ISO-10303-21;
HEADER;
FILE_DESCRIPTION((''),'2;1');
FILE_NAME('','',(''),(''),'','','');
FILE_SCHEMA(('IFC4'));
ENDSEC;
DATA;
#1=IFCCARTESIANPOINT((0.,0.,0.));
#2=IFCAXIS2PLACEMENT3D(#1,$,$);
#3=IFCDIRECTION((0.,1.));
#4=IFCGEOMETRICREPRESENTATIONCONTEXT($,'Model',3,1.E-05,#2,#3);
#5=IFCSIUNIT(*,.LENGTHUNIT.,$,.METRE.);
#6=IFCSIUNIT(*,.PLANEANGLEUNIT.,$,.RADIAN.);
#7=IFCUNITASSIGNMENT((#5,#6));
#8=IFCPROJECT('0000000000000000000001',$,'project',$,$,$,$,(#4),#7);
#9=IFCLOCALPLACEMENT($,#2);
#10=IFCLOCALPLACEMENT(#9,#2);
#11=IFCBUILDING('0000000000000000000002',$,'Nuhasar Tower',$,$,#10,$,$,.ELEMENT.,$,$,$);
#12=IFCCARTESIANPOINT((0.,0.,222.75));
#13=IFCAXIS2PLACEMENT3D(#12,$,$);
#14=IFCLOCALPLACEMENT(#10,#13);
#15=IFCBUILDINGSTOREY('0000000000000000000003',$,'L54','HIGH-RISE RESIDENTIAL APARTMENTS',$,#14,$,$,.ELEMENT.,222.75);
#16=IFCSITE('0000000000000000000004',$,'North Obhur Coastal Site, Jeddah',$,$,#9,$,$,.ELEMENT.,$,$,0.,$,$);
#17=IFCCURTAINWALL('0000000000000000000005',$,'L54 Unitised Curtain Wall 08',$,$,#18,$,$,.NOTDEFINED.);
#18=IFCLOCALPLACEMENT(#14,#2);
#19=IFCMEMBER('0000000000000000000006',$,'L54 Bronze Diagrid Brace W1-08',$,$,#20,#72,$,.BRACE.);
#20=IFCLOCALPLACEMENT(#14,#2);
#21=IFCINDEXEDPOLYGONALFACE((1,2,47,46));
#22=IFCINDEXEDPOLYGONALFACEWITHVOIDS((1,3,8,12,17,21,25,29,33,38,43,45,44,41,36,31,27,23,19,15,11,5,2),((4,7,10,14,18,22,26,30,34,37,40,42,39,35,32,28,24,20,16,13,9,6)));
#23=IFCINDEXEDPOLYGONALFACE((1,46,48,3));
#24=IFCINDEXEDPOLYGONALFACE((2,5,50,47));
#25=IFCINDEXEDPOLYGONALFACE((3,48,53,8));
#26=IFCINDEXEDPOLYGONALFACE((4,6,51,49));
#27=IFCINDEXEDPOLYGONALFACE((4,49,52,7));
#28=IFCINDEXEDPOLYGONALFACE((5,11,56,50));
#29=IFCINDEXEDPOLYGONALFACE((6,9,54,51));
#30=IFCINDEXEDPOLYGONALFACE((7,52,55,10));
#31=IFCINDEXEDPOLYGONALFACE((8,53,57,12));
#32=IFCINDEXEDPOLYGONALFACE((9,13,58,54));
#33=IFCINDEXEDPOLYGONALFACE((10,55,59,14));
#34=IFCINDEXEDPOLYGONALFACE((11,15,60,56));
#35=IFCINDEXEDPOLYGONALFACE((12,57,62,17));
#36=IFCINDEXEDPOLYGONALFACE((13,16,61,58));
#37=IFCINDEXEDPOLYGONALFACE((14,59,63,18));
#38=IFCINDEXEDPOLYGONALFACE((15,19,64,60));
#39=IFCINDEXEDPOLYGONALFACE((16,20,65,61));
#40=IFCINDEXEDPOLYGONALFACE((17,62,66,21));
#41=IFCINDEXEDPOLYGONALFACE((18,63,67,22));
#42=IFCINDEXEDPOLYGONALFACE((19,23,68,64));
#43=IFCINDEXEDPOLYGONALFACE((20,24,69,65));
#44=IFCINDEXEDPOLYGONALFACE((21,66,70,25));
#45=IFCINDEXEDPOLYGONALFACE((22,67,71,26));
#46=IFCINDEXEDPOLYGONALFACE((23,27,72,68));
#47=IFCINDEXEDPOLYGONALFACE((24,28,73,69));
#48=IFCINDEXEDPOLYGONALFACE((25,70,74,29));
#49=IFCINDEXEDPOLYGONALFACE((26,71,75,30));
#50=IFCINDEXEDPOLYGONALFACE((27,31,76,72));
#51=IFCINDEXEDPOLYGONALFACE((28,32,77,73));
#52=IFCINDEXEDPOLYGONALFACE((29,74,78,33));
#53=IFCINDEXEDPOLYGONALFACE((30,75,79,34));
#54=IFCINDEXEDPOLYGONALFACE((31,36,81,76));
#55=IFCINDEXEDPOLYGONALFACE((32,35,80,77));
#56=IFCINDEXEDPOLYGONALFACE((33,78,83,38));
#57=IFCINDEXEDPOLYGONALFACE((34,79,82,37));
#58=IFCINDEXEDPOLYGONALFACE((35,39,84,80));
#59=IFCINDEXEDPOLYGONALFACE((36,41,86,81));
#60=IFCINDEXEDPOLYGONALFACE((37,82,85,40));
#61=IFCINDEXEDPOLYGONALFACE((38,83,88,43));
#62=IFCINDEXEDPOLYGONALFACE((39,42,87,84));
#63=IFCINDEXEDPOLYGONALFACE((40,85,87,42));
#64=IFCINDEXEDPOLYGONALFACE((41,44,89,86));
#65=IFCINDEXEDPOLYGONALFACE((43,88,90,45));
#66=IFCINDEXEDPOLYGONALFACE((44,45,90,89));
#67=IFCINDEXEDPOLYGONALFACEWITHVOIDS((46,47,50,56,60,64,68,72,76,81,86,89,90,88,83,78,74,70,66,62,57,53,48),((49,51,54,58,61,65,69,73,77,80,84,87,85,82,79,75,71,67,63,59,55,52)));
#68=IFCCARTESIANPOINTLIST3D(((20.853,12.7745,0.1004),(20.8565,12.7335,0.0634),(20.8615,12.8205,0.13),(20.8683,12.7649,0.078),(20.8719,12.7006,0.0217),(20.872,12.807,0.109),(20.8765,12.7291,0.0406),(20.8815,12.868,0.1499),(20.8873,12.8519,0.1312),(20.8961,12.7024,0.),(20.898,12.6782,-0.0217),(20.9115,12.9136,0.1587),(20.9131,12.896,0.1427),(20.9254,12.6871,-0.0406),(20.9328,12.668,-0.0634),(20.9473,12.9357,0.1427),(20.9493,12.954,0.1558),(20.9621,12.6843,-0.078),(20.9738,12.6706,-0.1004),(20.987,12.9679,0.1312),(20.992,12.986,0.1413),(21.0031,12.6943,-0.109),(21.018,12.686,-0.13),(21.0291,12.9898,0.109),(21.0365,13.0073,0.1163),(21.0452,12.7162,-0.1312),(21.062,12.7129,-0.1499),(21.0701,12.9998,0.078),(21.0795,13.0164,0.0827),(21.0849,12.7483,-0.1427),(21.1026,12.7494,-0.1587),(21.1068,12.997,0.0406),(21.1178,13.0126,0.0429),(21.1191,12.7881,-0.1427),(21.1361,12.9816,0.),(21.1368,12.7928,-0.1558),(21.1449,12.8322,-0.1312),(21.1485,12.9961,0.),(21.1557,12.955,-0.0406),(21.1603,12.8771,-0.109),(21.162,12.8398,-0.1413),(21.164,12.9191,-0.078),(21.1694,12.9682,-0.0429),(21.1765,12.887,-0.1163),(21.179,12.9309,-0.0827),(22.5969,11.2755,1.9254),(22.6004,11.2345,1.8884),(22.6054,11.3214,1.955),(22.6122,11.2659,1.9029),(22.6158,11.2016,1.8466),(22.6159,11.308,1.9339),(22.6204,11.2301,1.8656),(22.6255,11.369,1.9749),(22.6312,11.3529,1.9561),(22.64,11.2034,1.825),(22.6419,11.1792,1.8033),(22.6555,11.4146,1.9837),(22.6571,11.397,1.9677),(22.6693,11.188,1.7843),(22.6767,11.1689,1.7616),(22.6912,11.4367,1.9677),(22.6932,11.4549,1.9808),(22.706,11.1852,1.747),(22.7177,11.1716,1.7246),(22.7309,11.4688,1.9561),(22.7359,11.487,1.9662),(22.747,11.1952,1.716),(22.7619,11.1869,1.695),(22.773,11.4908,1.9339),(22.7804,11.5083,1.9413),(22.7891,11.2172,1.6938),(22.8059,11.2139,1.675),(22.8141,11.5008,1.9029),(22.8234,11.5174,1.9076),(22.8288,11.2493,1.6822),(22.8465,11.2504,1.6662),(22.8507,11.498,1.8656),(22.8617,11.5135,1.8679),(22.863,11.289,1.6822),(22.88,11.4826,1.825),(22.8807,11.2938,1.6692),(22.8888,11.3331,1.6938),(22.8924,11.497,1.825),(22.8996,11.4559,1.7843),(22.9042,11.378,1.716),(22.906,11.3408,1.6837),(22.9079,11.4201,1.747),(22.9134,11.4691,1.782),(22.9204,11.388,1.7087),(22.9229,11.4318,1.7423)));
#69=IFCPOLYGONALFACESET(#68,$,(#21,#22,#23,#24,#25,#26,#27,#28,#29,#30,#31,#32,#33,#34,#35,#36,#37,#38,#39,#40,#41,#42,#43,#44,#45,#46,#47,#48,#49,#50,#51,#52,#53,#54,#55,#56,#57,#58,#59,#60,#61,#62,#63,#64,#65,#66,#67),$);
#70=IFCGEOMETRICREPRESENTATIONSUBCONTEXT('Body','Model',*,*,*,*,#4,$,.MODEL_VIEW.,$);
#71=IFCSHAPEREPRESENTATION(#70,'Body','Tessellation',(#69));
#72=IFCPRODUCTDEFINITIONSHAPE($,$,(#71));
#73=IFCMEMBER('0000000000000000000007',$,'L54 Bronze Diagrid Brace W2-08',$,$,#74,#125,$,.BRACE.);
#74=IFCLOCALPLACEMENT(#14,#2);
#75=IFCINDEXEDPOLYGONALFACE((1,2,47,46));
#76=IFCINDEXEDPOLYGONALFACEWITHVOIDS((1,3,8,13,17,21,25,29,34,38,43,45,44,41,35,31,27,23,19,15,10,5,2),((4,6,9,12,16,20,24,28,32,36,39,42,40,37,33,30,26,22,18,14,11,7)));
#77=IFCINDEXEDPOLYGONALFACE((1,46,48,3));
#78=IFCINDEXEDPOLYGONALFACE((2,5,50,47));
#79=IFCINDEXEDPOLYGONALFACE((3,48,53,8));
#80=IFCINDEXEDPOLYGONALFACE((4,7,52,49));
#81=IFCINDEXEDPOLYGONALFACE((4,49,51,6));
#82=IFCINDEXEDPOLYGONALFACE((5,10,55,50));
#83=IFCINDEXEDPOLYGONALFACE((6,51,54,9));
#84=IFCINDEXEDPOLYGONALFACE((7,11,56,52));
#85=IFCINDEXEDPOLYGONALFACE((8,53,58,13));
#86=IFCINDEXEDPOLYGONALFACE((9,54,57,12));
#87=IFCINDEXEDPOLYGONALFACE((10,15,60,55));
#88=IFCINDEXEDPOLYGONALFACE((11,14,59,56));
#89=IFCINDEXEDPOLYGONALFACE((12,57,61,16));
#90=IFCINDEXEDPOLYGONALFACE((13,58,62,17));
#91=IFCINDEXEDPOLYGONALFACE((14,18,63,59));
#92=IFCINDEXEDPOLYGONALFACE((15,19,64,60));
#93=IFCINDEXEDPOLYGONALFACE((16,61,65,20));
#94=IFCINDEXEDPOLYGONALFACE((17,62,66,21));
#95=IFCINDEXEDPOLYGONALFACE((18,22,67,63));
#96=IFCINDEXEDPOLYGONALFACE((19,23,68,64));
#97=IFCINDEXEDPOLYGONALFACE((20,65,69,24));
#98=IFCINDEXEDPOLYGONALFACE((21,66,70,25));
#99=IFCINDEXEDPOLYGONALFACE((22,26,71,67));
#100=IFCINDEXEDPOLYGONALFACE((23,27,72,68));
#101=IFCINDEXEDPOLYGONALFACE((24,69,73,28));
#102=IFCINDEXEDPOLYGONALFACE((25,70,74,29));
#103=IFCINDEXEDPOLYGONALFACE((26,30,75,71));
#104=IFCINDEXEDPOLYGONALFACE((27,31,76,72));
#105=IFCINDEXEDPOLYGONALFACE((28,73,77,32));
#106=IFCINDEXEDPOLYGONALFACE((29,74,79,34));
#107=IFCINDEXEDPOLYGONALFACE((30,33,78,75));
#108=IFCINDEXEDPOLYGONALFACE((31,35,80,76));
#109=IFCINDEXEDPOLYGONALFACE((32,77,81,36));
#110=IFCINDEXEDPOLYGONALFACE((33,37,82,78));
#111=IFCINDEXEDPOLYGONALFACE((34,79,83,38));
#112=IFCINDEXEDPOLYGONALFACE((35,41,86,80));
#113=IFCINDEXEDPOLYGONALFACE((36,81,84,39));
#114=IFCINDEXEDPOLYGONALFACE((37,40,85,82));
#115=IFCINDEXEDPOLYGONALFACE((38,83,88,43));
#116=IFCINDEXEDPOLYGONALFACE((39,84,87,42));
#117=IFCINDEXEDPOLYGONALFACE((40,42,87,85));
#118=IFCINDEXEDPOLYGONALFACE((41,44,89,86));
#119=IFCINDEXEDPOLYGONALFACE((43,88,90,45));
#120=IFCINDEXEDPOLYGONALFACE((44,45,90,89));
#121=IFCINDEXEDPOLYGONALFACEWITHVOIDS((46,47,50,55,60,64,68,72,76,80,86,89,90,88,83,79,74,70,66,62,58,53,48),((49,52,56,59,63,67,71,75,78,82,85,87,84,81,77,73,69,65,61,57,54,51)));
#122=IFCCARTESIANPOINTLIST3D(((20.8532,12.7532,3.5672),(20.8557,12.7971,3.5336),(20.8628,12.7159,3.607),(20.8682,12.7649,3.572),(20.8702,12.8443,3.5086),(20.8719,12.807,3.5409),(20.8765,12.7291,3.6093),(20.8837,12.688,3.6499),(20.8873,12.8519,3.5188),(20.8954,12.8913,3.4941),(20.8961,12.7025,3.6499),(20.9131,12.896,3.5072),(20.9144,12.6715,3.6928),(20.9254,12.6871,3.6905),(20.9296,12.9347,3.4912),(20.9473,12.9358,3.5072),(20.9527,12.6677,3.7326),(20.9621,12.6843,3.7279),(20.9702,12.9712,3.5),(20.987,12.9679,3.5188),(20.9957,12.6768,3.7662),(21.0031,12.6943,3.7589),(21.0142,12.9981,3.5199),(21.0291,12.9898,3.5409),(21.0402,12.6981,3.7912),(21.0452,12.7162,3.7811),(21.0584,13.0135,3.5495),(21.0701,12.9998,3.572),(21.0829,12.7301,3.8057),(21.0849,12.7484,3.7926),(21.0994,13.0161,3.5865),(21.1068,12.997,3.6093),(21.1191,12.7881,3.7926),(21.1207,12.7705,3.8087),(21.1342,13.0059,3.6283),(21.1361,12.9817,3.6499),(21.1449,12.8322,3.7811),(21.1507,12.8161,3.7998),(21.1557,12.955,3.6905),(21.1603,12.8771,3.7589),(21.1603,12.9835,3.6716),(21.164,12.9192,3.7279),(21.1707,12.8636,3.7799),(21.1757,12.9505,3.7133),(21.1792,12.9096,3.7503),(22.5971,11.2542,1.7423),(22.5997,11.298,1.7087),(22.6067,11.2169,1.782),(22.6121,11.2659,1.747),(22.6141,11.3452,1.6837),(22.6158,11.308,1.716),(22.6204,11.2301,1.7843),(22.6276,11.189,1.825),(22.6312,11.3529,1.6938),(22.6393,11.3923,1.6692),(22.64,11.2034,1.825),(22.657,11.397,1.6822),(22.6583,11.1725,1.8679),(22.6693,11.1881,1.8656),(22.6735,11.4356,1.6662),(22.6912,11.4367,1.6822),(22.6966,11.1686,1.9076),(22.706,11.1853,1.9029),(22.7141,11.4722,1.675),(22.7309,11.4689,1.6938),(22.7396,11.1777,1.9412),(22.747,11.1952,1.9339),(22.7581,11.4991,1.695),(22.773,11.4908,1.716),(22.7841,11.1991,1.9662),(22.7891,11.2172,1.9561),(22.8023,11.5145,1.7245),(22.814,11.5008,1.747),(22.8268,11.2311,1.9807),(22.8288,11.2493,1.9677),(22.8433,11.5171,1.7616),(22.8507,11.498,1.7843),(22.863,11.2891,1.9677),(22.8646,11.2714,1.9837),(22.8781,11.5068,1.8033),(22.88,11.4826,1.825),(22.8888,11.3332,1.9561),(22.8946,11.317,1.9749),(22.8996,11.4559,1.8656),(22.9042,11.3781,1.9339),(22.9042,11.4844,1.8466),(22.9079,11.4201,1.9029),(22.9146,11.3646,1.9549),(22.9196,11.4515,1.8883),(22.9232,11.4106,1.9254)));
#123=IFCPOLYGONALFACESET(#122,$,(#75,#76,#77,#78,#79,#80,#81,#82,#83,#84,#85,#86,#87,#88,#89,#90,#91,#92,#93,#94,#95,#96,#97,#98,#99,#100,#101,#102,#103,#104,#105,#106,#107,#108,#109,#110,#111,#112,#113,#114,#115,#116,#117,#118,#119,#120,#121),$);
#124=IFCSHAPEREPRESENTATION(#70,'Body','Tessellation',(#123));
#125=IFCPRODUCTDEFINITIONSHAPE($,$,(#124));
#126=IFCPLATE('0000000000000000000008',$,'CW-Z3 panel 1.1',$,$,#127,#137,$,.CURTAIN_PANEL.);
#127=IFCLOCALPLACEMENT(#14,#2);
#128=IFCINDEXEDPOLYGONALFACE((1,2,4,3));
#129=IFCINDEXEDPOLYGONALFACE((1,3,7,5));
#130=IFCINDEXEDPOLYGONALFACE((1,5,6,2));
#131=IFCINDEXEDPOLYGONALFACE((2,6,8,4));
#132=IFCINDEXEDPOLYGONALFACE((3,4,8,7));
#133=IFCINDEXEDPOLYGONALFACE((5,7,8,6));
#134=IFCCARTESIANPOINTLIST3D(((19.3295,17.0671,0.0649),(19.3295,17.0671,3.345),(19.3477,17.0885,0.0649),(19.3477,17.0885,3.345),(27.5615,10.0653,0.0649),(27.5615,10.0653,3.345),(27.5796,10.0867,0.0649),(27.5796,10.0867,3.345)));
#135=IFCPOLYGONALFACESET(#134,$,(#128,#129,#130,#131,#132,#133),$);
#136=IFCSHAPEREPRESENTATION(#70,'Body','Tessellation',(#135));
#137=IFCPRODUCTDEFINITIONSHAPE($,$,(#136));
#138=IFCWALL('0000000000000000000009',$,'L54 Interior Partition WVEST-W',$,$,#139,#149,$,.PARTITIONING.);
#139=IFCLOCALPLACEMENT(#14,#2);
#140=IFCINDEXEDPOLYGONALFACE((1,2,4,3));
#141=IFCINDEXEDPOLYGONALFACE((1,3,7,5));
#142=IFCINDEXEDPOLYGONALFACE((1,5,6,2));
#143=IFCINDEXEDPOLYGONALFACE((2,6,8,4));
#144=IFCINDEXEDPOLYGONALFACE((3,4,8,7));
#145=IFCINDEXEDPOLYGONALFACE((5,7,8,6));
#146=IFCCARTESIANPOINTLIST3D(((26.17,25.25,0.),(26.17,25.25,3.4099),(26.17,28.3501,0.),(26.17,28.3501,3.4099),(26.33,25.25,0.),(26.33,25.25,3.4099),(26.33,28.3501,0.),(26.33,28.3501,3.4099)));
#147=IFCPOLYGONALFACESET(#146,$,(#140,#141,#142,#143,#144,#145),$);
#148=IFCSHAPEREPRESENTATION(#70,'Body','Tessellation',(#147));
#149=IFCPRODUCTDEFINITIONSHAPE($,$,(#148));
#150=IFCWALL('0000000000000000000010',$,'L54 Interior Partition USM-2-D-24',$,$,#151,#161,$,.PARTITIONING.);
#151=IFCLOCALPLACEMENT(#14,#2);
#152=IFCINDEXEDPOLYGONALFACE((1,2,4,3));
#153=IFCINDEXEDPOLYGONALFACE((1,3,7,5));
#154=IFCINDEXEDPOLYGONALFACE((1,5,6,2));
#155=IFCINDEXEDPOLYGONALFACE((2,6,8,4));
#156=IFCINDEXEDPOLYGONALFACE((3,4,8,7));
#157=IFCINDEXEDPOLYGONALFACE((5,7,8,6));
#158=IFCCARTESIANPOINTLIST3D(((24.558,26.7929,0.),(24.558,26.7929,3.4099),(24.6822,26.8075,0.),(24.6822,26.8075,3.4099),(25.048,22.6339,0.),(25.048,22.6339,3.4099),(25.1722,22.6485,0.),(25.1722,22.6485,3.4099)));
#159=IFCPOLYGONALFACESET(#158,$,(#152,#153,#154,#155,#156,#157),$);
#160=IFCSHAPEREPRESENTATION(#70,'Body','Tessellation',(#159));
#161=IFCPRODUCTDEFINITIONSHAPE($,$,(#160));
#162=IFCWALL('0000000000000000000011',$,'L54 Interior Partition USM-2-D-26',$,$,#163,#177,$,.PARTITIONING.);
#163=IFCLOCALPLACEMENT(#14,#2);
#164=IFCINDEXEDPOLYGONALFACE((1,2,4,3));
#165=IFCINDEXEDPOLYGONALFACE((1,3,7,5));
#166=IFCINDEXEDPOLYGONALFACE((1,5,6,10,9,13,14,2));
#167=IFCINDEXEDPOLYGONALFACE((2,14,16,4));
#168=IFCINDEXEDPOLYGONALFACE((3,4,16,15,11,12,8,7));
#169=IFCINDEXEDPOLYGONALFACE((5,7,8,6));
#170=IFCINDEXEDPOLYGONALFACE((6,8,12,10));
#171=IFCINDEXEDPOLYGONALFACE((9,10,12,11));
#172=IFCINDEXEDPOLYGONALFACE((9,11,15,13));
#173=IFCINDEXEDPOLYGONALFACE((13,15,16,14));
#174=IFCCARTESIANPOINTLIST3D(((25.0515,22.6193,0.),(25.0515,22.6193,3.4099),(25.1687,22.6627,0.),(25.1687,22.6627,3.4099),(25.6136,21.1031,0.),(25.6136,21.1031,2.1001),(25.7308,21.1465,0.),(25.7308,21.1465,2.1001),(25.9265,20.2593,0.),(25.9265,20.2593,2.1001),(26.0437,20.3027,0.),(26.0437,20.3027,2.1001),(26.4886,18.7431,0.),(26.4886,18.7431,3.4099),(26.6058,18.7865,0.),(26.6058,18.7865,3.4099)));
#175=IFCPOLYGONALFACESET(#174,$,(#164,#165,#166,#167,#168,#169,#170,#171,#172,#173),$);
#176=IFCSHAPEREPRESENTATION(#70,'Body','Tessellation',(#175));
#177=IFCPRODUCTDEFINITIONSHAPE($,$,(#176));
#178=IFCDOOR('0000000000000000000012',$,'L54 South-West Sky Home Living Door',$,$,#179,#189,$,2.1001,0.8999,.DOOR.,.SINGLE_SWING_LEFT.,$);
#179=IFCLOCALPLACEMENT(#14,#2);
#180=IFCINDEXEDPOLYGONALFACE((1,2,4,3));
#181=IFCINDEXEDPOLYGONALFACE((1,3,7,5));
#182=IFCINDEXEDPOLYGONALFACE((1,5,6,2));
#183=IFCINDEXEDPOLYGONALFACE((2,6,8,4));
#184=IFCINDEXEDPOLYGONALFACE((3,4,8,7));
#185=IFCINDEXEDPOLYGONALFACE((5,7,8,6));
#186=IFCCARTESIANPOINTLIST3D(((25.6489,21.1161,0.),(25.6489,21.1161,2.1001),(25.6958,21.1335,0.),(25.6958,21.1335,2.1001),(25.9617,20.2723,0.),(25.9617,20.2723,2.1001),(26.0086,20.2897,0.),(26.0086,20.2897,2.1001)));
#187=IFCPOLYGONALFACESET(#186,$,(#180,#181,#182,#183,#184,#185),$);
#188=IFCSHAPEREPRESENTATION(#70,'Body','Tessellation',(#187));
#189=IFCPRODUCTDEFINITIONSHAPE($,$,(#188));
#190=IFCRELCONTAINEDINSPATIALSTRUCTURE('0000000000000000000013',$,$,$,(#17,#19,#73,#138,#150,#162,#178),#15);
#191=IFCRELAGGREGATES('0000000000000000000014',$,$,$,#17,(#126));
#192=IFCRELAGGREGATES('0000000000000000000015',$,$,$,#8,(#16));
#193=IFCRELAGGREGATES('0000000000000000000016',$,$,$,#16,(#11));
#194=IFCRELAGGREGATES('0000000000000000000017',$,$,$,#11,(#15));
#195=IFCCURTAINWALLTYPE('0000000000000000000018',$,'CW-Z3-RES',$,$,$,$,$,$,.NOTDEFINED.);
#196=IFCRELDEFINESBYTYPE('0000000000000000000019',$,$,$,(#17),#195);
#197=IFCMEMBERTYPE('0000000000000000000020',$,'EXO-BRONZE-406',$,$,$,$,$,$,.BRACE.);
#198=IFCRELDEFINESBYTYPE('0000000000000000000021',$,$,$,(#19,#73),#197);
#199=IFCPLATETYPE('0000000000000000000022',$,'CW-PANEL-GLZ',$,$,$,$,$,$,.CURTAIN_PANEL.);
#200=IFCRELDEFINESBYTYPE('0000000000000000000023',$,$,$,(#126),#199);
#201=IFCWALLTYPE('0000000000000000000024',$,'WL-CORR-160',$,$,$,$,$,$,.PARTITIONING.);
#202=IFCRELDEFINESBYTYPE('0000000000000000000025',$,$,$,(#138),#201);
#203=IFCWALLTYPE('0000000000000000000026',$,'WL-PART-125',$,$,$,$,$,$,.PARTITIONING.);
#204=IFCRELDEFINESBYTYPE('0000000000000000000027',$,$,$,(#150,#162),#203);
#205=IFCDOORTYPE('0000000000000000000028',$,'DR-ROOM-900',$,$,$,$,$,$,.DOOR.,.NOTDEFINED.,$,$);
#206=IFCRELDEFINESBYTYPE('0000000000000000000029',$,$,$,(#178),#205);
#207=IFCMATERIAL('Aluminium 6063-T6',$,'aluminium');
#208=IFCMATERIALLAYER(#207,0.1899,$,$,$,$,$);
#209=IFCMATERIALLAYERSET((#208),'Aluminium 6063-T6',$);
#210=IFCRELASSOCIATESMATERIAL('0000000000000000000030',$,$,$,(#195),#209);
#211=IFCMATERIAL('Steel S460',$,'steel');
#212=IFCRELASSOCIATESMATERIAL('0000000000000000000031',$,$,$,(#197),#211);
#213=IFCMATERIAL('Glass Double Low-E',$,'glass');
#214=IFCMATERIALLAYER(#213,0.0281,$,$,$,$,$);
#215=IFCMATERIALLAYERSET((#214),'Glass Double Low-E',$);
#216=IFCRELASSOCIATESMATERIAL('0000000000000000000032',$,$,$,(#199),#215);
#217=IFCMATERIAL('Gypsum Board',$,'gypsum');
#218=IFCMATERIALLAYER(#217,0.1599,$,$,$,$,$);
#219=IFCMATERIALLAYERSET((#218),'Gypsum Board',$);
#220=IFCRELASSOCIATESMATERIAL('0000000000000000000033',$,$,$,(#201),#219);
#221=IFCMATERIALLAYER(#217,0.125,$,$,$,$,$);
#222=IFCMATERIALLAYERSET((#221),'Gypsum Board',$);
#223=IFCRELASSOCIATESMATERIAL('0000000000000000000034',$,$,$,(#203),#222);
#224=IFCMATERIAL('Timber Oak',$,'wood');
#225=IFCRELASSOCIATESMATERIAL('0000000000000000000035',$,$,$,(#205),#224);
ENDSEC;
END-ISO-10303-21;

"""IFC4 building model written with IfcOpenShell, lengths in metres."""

from ifc_helpers import new_model, si_unit, direction, frame, frame_2d, origin, origin_2d, place, context, subcontext, project, spatial, rectangle, hollow_circle, extrude, material, layer, layer_set, material_profile, profile_set, type_object, element, fill, aggregate, save


model = new_model("IFC4")

# Units and contexts
model_context = context("Model", 3, precision=1e-05, world=origin(), true_north=direction((0.0, 1.0)))
body_context = subcontext(model_context, "Body", "Model", "MODEL_VIEW")
ifc_project = project(units=[si_unit("LENGTHUNIT", "METRE"), si_unit("PLANEANGLEUNIT", "RADIAN")], contexts=[model_context])

# Site, building, storey
site_placement = place(None, origin())
site = spatial("IfcSite", under=ifc_project, at=site_placement, Name="North Obhur Coastal Site, Jeddah", CompositionType="ELEMENT", RefElevation=0.0)
building_placement = place(site_placement, origin())
building = spatial("IfcBuilding", under=site, at=building_placement, Name="Nuhasar Tower", CompositionType="ELEMENT")
storey_placement = place(building_placement, frame((0.0, 0.0, 222.75)))
storey = spatial("IfcBuildingStorey", under=building, at=storey_placement, Name="L54", Description="HIGH-RISE RESIDENTIAL APARTMENTS", CompositionType="ELEMENT", Elevation=222.75)

# Curtain wall
ifc_material_1 = material(Name="Aluminium 6063-T6", Category="aluminium")
ifc_layer_1 = layer(ifc_material_1, 0.1899)
ifc_layer_set_1 = layer_set([ifc_layer_1], Name="Aluminium 6063-T6")
curtain_wall_type = type_object("IfcCurtainWallType", Name="CW-Z3-RES", PredefinedType="NOTDEFINED", material=ifc_layer_set_1)
curtain_wall_1_placement = place(storey_placement, origin())
curtain_wall_1 = element("IfcCurtainWall", 1, at=curtain_wall_1_placement, inside=storey, type_object=curtain_wall_type, Name="L54 Unitised Curtain Wall 08", PredefinedType="NOTDEFINED")

# Members
ifc_material_2 = material(Name="Steel S460", Category="steel")
ifc_material_profile_1 = material_profile(ifc_material_2, hollow_circle(Radius=0.2031, WallThickness=0.019, at=origin_2d()), Name="HSS406.4X19.1")
ifc_profile_set_1 = profile_set([ifc_material_profile_1], Name="Steel S460")
member_type_1 = type_object("IfcMemberType", Name="EXO-BRONZE-406", PredefinedType="BRACE", material=ifc_profile_set_1)
for number, where, z_axis, x_axis, name in (
    (2, (21.0161, 12.842, 0.0), (0.594019, -0.510608, 0.621628), (0.651857, 0.758342, 0.0), "L54 Bronze Diagrid Brace W1-08"),
    (3, (22.76, 11.343, 1.825), (-0.594019, 0.510608, 0.621628), (-0.651857, -0.758342, 0.0), "L54 Bronze Diagrid Brace W2-08"),
):
    element("IfcMember", number, at=place(storey_placement, frame(where, z_axis=z_axis, x_axis=x_axis)), inside=storey, type_object=member_type_1, Name=name, PredefinedType="BRACE", context=body_context, shape_type="SweptSolid", body=[
        extrude(hollow_circle(Radius=0.2031, WallThickness=0.019, at=origin_2d()), origin(), (0.0, 0.0, 1.0), 2.9358),
    ])

# Plate
ifc_material_3 = material(Name="Glass Double Low-E", Category="glass")
ifc_layer_2 = layer(ifc_material_3, 0.0281)
ifc_layer_set_2 = layer_set([ifc_layer_2], Name="Glass Double Low-E")
plate_type = type_object("IfcPlateType", Name="CW-PANEL-GLZ", PredefinedType="CURTAIN_PANEL", material=ifc_layer_set_2)
plate_placement = place(storey_placement, frame((23.4546, 13.5769, 0.0649), z_axis=(0.0, 0.0, 1.0), x_axis=(0.761729, -0.647895, 0.0)))
plate = element("IfcPlate", 4, at=plate_placement, type_object=plate_type, Name="CW-Z3 panel 1.1", PredefinedType="CURTAIN_PANEL", context=body_context, shape_type="SweptSolid", body=[
    extrude(rectangle(XDim=10.8069, YDim=0.0281, at=origin_2d()), origin(), (0.0, 0.0, 1.0), 3.28),
])
aggregate(curtain_wall_1, [plate])

# Shared definitions
ifc_material_4 = material(Name="Gypsum Board", Category="gypsum")
ifc_layer_3 = layer(ifc_material_4, 0.1599)
ifc_layer_set_3 = layer_set([ifc_layer_3], Name="Gypsum Board")
wall_type_1 = type_object("IfcWallType", Name="WL-CORR-160", PredefinedType="PARTITIONING", material=ifc_layer_set_3)
ifc_material_5 = material(Name="Timber Oak", Category="wood")

# Walls
wall_1_placement = place(storey_placement, frame((26.25, 25.25, 0.0), z_axis=(0.0, 0.0, 1.0), x_axis=(0.0, 1.0, 0.0)))
element("IfcWall", 5, at=wall_1_placement, inside=storey, type_object=wall_type_1, Name="L54 Interior Partition WVEST-W", PredefinedType="PARTITIONING", context=body_context, shape_type="SweptSolid", body=[
    extrude(rectangle(XDim=3.1001, YDim=0.1599, at=frame_2d((1.55, 0.0))), origin(), (0.0, 0.0, 1.0), 3.4099),
])
ifc_layer_4 = layer(ifc_material_4, 0.125)
ifc_layer_set_4 = layer_set([ifc_layer_4], Name="Gypsum Board")
wall_type_2 = type_object("IfcWallType", Name="WL-PART-125", PredefinedType="PARTITIONING", material=ifc_layer_set_4)
wall_2_placement = place(storey_placement, frame((24.6201, 26.8, 0.0), z_axis=(0.0, 0.0, 1.0), x_axis=(0.117007, -0.993131, 0.0)))
element("IfcWall", 6, at=wall_2_placement, inside=storey, type_object=wall_type_2, Name="L54 Interior Partition USM-2-D-24", PredefinedType="PARTITIONING", context=body_context, shape_type="SweptSolid", body=[
    extrude(rectangle(XDim=4.1877, YDim=0.125, at=frame_2d((2.0938, 0.0))), origin(), (0.0, 0.0, 1.0), 3.4099),
])

# Wall, opening, door
wall_3_placement = place(storey_placement, frame((26.5471, 18.7649, 0.0), z_axis=(0.0, 0.0, 1.0), x_axis=(-0.347607, 0.93764, 0.0)))
wall_3 = element("IfcWall", 7, at=wall_3_placement, inside=storey, type_object=wall_type_2, Name="L54 Interior Partition USM-2-D-26", PredefinedType="PARTITIONING", context=body_context, shape_type="SweptSolid", body=[
    extrude(rectangle(XDim=4.134, YDim=0.125, at=frame_2d((2.0669, 0.0))), origin(), (0.0, 0.0, 1.0), 3.4099),
])
opening_1_placement = place(wall_3_placement, frame((1.6169, 0.0, 0.0)))
opening_1 = element("IfcOpeningElement", 8, at=opening_1_placement, cuts=wall_3, PredefinedType="OPENING", context=body_context, shape_type="SweptSolid", body=[
    extrude(rectangle(XDim=0.8999, YDim=2.1001, at=frame_2d((0.45, 1.05))), frame((0.0, 0.0725, 0.0), z_axis=(0.0, -1.0, 0.0), x_axis=(1.0, 0.0, 0.0)), (0.0, 0.0, 1.0), 0.145),
])
door_type_1 = type_object("IfcDoorType", Name="DR-ROOM-900", OperationType="NOTDEFINED", PredefinedType="DOOR", material=ifc_material_5)
door_1_placement = place(opening_1_placement, origin())
door_1 = element("IfcDoor", 9, at=door_1_placement, inside=storey, type_object=door_type_1, Name="L54 South-West Sky Home Living Door", OperationType="SINGLE_SWING_LEFT", OverallHeight=2.1001, OverallWidth=0.8999, PredefinedType="DOOR", context=body_context, shape_type="SweptSolid", body=[
    extrude(rectangle(XDim=0.8999, YDim=2.1001, at=frame_2d((0.45, 1.05))), frame((0.0, 0.0249, 0.0), z_axis=(0.0, -1.0, 0.0), x_axis=(1.0, 0.0, 0.0)), (0.0, 0.0, 1.0), 0.05),
])
fill(opening_1, door_1)

save(model, "model.ifc")
